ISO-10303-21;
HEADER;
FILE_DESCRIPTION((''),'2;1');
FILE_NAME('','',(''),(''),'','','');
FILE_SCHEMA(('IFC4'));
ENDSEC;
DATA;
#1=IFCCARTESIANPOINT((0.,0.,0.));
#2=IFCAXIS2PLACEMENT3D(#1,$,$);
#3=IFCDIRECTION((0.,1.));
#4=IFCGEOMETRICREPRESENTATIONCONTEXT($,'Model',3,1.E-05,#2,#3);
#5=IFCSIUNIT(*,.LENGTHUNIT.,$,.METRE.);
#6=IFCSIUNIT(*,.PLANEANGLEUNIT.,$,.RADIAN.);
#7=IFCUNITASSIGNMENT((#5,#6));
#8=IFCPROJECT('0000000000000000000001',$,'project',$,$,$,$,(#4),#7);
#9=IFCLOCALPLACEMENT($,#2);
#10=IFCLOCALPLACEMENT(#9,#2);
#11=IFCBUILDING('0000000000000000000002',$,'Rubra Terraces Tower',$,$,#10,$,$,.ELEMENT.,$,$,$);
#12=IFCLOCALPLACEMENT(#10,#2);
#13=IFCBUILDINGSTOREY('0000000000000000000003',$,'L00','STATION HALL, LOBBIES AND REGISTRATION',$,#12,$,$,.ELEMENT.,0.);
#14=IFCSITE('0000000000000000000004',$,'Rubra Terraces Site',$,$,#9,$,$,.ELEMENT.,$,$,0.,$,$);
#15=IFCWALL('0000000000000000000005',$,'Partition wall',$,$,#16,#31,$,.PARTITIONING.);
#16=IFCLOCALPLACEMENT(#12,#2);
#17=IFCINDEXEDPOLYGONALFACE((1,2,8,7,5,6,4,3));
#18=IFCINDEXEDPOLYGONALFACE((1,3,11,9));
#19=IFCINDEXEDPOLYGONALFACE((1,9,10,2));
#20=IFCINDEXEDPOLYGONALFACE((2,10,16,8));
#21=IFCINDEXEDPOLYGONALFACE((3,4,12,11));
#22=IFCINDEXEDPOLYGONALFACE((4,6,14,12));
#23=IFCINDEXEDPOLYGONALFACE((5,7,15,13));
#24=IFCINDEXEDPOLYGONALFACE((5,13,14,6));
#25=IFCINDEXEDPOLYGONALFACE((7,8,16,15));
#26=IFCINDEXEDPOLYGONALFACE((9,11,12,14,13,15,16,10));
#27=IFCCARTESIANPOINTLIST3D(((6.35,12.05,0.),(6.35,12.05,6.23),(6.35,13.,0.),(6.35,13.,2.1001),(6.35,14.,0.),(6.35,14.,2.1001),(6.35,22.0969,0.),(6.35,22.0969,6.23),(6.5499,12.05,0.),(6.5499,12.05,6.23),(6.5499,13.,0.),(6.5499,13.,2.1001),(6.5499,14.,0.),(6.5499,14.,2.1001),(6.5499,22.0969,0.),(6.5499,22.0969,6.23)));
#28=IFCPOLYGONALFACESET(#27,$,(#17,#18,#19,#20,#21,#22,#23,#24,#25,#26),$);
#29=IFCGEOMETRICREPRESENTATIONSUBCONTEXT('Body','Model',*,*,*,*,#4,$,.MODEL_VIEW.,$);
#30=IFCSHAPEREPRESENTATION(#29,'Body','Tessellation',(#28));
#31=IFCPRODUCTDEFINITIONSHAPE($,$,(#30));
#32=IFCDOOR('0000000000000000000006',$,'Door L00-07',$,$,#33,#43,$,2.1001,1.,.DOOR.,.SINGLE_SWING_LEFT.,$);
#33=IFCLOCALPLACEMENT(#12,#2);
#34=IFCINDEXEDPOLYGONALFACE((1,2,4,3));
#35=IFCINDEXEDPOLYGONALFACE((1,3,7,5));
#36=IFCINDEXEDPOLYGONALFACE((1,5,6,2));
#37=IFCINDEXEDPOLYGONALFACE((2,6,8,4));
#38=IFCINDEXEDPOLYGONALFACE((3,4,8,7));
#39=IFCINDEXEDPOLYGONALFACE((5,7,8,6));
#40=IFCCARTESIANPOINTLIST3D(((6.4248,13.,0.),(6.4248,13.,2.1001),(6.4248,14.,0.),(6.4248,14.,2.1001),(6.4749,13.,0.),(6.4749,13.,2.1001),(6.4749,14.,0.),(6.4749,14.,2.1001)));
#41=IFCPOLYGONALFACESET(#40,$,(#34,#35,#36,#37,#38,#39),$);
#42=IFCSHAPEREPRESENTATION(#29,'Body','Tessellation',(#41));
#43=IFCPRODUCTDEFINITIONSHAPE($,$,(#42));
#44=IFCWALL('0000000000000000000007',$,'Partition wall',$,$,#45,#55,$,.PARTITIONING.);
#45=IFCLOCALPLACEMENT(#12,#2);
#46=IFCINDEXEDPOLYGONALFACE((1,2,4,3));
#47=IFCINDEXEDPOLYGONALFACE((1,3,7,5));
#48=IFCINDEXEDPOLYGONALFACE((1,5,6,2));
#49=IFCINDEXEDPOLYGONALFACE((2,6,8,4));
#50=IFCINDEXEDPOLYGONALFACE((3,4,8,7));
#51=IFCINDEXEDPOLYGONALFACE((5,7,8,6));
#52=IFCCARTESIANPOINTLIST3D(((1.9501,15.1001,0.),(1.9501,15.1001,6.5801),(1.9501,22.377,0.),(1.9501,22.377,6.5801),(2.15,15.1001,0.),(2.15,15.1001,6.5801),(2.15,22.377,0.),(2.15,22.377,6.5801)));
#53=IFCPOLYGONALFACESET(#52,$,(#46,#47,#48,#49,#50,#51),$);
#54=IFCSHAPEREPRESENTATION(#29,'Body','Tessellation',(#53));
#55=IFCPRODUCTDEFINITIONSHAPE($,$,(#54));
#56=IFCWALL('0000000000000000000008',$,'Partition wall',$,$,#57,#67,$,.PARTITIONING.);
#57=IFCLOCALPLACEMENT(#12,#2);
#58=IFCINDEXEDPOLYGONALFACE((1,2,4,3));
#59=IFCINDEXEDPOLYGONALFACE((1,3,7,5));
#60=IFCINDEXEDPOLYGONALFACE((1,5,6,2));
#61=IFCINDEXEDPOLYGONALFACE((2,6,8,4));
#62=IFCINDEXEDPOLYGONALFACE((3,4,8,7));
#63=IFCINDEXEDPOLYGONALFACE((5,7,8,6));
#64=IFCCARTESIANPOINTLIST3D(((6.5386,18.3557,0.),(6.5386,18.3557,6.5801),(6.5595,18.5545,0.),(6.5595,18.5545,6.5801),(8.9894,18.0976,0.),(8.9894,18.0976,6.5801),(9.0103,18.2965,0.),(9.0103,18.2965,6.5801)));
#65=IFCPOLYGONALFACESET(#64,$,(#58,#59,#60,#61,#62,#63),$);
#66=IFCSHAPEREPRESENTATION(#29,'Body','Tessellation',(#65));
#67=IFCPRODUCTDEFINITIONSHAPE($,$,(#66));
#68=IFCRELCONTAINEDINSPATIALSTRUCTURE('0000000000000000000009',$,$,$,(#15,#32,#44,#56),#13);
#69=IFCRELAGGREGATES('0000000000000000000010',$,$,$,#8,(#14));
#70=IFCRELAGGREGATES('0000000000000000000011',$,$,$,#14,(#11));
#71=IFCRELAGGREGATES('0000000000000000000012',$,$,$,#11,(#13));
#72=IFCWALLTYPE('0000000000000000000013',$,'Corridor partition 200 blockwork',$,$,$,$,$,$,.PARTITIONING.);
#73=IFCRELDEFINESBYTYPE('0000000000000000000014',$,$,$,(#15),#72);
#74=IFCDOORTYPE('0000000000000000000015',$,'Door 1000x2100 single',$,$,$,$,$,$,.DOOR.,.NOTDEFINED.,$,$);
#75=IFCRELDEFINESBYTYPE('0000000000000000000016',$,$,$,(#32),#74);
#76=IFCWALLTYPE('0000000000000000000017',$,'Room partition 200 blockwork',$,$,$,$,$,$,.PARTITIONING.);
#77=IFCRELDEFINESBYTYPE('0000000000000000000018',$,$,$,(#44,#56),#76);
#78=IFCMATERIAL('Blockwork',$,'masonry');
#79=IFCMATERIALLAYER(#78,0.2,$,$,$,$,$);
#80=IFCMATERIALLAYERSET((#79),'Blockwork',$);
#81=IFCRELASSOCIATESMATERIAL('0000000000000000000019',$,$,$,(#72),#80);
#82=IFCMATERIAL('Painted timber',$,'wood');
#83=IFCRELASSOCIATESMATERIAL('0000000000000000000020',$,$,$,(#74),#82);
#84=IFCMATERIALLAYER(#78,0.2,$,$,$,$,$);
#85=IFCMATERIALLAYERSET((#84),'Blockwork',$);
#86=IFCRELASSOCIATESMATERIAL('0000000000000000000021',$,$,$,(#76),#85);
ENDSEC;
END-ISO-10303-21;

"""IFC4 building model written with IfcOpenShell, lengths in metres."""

from ifc_helpers import new_model, si_unit, direction, frame, frame_2d, origin, place, context, subcontext, project, spatial, rectangle, extrude, material, layer, layer_set, type_object, element, fill, save


model = new_model("IFC4")

# Units and contexts
model_context = context("Model", 3, precision=1e-05, world=origin(), true_north=direction((0.0, 1.0)))
body_context = subcontext(model_context, "Body", "Model", "MODEL_VIEW")
ifc_project = project(units=[si_unit("LENGTHUNIT", "METRE"), si_unit("PLANEANGLEUNIT", "RADIAN")], contexts=[model_context])

# Site, building, storey
site_placement = place(None, origin())
site = spatial("IfcSite", under=ifc_project, at=site_placement, Name="Rubra Terraces Site", CompositionType="ELEMENT", RefElevation=0.0)
building_placement = place(site_placement, origin())
building = spatial("IfcBuilding", under=site, at=building_placement, Name="Rubra Terraces Tower", CompositionType="ELEMENT")
storey_placement = place(building_placement, origin())
storey = spatial("IfcBuildingStorey", under=building, at=storey_placement, Name="L00", Description="STATION HALL, LOBBIES AND REGISTRATION", CompositionType="ELEMENT", Elevation=0.0)

# Wall, opening, door
ifc_material_1 = material(Name="Blockwork", Category="masonry")
ifc_layer_1 = layer(ifc_material_1, 0.2)
ifc_layer_set_1 = layer_set([ifc_layer_1], Name="Blockwork")
wall_type_1 = type_object("IfcWallType", Name="Corridor partition 200 blockwork", PredefinedType="PARTITIONING", material=ifc_layer_set_1)
wall_1_placement = place(storey_placement, frame((6.45, 22.0969, 0.0), z_axis=(0.0, 0.0, 1.0), x_axis=(0.0, -1.0, 0.0)))
wall_1 = element("IfcWall", 1, at=wall_1_placement, inside=storey, type_object=wall_type_1, Name="Partition wall", PredefinedType="PARTITIONING", context=body_context, shape_type="SweptSolid", body=[
    extrude(rectangle(XDim=10.0469, YDim=0.2, at=frame_2d((5.0234, 0.0))), origin(), (0.0, 0.0, 1.0), 6.23),
])
opening_1_placement = place(wall_1_placement, frame((8.0969, 0.0, 0.0)))
opening_1 = element("IfcOpeningElement", 2, at=opening_1_placement, cuts=wall_1, PredefinedType="OPENING", context=body_context, shape_type="SweptSolid", body=[
    extrude(rectangle(XDim=1.0, YDim=2.1001, at=frame_2d((0.5, 1.05))), frame((0.0, 0.1099, 0.0), z_axis=(0.0, -1.0, 0.0), x_axis=(1.0, 0.0, 0.0)), (0.0, 0.0, 1.0), 0.22),
])
ifc_material_2 = material(Name="Painted timber", Category="wood")
door_type_1 = type_object("IfcDoorType", Name="Door 1000x2100 single", OperationType="NOTDEFINED", PredefinedType="DOOR", material=ifc_material_2)
door_1_placement = place(opening_1_placement, origin())
door_1 = element("IfcDoor", 3, at=door_1_placement, inside=storey, type_object=door_type_1, Name="Door L00-07", OperationType="SINGLE_SWING_LEFT", OverallHeight=2.1001, OverallWidth=1.0, PredefinedType="DOOR", context=body_context, shape_type="SweptSolid", body=[
    extrude(rectangle(XDim=1.0, YDim=2.1001, at=frame_2d((0.5, 1.05))), frame((0.0, 0.0249, 0.0), z_axis=(0.0, -1.0, 0.0), x_axis=(1.0, 0.0, 0.0)), (0.0, 0.0, 1.0), 0.05),
])
fill(opening_1, door_1)

# Walls
ifc_layer_2 = layer(ifc_material_1, 0.2)
ifc_layer_set_2 = layer_set([ifc_layer_2], Name="Blockwork")
wall_type_2 = type_object("IfcWallType", Name="Room partition 200 blockwork", PredefinedType="PARTITIONING", material=ifc_layer_set_2)
wall_2_placement = place(storey_placement, frame((2.05, 22.377, 0.0), z_axis=(0.0, 0.0, 1.0), x_axis=(0.0, -1.0, 0.0)))
element("IfcWall", 4, at=wall_2_placement, inside=storey, type_object=wall_type_2, Name="Partition wall", PredefinedType="PARTITIONING", context=body_context, shape_type="SweptSolid", body=[
    extrude(rectangle(XDim=7.2769, YDim=0.2, at=frame_2d((3.6384, 0.0))), origin(), (0.0, 0.0, 1.0), 6.5801),
])
wall_3_placement = place(storey_placement, frame((6.5491, 18.4551, 0.0), z_axis=(0.0, 0.0, 1.0), x_axis=(0.994503, -0.104711, 0.0)))
element("IfcWall", 5, at=wall_3_placement, inside=storey, type_object=wall_type_2, Name="Partition wall", PredefinedType="PARTITIONING", context=body_context, shape_type="SweptSolid", body=[
    extrude(rectangle(XDim=2.4644, YDim=0.2, at=frame_2d((1.2322, 0.0))), origin(), (0.0, 0.0, 1.0), 6.5801),
])

save(model, "model.ifc")
